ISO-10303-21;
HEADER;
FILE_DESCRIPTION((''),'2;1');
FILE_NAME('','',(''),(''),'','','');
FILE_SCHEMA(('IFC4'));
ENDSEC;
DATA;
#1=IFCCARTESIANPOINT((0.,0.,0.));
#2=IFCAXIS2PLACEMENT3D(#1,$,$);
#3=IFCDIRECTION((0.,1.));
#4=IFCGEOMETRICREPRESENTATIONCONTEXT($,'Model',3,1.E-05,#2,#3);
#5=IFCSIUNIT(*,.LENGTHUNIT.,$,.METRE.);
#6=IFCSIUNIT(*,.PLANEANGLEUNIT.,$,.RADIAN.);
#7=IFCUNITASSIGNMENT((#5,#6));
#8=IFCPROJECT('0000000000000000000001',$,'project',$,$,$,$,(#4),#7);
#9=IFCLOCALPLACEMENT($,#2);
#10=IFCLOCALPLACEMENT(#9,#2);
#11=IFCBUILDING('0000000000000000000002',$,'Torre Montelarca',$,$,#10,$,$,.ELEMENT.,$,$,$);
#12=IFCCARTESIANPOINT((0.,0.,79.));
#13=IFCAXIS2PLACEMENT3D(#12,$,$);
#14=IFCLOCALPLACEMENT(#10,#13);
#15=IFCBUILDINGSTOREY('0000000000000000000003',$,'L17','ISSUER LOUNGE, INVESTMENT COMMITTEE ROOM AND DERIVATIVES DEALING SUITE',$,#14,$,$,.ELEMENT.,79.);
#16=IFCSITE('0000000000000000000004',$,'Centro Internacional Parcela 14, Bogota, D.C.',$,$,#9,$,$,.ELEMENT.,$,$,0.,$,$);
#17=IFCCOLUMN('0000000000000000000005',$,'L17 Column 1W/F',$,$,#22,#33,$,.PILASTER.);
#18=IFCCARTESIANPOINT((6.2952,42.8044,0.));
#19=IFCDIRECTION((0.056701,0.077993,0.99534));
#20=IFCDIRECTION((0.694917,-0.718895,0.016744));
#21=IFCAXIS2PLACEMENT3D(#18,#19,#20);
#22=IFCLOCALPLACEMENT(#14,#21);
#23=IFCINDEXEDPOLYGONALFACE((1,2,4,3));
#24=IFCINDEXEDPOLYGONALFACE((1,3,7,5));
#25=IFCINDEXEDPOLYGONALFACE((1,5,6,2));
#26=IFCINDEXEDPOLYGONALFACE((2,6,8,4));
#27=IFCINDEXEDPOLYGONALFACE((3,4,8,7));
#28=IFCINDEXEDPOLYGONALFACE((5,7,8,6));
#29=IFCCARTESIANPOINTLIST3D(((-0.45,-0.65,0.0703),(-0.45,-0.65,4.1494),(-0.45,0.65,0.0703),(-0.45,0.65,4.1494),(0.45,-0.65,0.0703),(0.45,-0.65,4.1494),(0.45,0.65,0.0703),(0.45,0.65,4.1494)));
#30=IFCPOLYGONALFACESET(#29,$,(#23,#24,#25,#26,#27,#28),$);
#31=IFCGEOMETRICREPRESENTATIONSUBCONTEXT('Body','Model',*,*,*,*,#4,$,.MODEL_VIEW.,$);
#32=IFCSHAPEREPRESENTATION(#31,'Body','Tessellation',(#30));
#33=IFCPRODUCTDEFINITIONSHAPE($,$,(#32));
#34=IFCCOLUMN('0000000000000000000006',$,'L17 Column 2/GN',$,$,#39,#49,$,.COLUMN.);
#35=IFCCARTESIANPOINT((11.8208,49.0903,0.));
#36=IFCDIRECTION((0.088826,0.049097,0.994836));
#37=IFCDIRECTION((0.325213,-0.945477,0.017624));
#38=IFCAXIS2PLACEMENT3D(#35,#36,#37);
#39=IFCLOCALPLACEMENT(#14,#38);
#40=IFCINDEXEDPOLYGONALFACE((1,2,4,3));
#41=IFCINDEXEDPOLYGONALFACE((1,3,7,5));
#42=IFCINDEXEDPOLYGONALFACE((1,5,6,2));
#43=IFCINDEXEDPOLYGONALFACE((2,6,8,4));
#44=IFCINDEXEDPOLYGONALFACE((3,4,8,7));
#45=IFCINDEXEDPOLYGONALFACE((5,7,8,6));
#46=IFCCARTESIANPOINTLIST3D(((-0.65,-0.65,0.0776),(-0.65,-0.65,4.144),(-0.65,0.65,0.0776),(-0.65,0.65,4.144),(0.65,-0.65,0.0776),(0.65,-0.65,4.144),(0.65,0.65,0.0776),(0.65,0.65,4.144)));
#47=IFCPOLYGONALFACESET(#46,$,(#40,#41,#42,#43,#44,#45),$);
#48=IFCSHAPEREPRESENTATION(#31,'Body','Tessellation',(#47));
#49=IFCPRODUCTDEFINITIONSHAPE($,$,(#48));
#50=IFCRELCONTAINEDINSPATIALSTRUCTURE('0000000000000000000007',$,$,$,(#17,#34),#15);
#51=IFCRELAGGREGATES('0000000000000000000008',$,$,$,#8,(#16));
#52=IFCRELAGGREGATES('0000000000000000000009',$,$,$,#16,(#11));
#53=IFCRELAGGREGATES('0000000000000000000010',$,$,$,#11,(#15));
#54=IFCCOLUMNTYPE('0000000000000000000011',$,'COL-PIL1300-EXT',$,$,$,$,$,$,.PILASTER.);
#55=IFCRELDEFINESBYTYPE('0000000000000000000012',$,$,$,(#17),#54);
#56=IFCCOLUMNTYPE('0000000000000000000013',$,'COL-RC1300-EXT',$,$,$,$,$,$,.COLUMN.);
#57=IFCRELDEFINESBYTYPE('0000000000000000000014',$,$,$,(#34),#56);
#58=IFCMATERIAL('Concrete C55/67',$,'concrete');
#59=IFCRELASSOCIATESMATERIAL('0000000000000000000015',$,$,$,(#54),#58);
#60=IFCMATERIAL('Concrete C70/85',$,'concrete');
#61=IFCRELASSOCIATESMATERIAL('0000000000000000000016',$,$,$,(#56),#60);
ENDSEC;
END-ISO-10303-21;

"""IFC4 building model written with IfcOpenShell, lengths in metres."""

from ifc_helpers import new_model, si_unit, direction, frame, origin, origin_2d, place, context, subcontext, project, spatial, rectangle, extrude, clip, halfspace, material, material_profile, profile_set, type_object, element, save


model = new_model("IFC4")

# Units and contexts
model_context = context("Model", 3, precision=1e-05, world=origin(), true_north=direction((0.0, 1.0)))
body_context = subcontext(model_context, "Body", "Model", "MODEL_VIEW")
ifc_project = project(units=[si_unit("LENGTHUNIT", "METRE"), si_unit("PLANEANGLEUNIT", "RADIAN")], contexts=[model_context])

# Site, building, storey
site_placement = place(None, origin())
site = spatial("IfcSite", under=ifc_project, at=site_placement, Name="Centro Internacional Parcela 14, Bogota, D.C.", CompositionType="ELEMENT", RefElevation=0.0)
building_placement = place(site_placement, origin())
building = spatial("IfcBuilding", under=site, at=building_placement, Name="Torre Montelarca", CompositionType="ELEMENT")
storey_placement = place(building_placement, frame((0.0, 0.0, 79.0)))
storey = spatial("IfcBuildingStorey", under=building, at=storey_placement, Name="L17", Description="ISSUER LOUNGE, INVESTMENT COMMITTEE ROOM AND DERIVATIVES DEALING SUITE", CompositionType="ELEMENT", Elevation=79.0)

# Columns
ifc_material_1 = material(Name="Concrete C55/67", Category="concrete")
ifc_material_profile_1 = material_profile(ifc_material_1, rectangle(XDim=0.8999, YDim=1.3, at=origin_2d()), Name="RC1300X900", Category="concrete")
ifc_profile_set_1 = profile_set([ifc_material_profile_1], Name="Concrete C55/67")
column_type_1 = type_object("IfcColumnType", Name="COL-PIL1300-EXT", PredefinedType="PILASTER", material=ifc_profile_set_1)
column_1_placement = place(storey_placement, frame((6.2952, 42.8044, 0.0), z_axis=(0.056701, 0.077993, 0.99534), x_axis=(0.694917, -0.718895, 0.016744)))
element("IfcColumn", 1, at=column_1_placement, inside=storey, type_object=column_type_1, Name="L17 Column 1W/F", PredefinedType="PILASTER", context=body_context, shape_type="Clipping", body=[
    clip(clip(extrude(rectangle(XDim=0.8999, YDim=1.3, at=origin_2d()), origin(), (0.0, 0.0, 1.0), 4.2197), halfspace(frame((0.0, 0.0, 0.0703), z_axis=(0.0, 0.0, -1.0), x_axis=(1.0, 0.0, 0.0)), False)), halfspace(frame((0.0, 0.0, 4.1494), z_axis=(0.0, 0.0, 1.0), x_axis=(1.0, 0.0, 0.0)), False)),
])
ifc_material_2 = material(Name="Concrete C70/85", Category="concrete")
ifc_material_profile_2 = material_profile(ifc_material_2, rectangle(XDim=1.3, YDim=1.3, at=origin_2d()), Name="RC1300X1300", Category="concrete")
ifc_profile_set_2 = profile_set([ifc_material_profile_2], Name="Concrete C70/85")
column_type_2 = type_object("IfcColumnType", Name="COL-RC1300-EXT", PredefinedType="COLUMN", material=ifc_profile_set_2)
column_2_placement = place(storey_placement, frame((11.8208, 49.0903, 0.0), z_axis=(0.088826, 0.049097, 0.994836), x_axis=(0.325213, -0.945477, 0.017624)))
element("IfcColumn", 2, at=column_2_placement, inside=storey, type_object=column_type_2, Name="L17 Column 2/GN", PredefinedType="COLUMN", context=body_context, shape_type="Clipping", body=[
    clip(clip(extrude(rectangle(XDim=1.3, YDim=1.3, at=origin_2d()), origin(), (0.0, 0.0, 1.0), 4.2217), halfspace(frame((0.0, 0.0, 0.0776), z_axis=(0.0, 0.0, -1.0), x_axis=(1.0, 0.0, 0.0)), False)), halfspace(frame((0.0, 0.0, 4.144), z_axis=(0.0, 0.0, 1.0), x_axis=(1.0, 0.0, 0.0)), False)),
])

save(model, "model.ifc")
